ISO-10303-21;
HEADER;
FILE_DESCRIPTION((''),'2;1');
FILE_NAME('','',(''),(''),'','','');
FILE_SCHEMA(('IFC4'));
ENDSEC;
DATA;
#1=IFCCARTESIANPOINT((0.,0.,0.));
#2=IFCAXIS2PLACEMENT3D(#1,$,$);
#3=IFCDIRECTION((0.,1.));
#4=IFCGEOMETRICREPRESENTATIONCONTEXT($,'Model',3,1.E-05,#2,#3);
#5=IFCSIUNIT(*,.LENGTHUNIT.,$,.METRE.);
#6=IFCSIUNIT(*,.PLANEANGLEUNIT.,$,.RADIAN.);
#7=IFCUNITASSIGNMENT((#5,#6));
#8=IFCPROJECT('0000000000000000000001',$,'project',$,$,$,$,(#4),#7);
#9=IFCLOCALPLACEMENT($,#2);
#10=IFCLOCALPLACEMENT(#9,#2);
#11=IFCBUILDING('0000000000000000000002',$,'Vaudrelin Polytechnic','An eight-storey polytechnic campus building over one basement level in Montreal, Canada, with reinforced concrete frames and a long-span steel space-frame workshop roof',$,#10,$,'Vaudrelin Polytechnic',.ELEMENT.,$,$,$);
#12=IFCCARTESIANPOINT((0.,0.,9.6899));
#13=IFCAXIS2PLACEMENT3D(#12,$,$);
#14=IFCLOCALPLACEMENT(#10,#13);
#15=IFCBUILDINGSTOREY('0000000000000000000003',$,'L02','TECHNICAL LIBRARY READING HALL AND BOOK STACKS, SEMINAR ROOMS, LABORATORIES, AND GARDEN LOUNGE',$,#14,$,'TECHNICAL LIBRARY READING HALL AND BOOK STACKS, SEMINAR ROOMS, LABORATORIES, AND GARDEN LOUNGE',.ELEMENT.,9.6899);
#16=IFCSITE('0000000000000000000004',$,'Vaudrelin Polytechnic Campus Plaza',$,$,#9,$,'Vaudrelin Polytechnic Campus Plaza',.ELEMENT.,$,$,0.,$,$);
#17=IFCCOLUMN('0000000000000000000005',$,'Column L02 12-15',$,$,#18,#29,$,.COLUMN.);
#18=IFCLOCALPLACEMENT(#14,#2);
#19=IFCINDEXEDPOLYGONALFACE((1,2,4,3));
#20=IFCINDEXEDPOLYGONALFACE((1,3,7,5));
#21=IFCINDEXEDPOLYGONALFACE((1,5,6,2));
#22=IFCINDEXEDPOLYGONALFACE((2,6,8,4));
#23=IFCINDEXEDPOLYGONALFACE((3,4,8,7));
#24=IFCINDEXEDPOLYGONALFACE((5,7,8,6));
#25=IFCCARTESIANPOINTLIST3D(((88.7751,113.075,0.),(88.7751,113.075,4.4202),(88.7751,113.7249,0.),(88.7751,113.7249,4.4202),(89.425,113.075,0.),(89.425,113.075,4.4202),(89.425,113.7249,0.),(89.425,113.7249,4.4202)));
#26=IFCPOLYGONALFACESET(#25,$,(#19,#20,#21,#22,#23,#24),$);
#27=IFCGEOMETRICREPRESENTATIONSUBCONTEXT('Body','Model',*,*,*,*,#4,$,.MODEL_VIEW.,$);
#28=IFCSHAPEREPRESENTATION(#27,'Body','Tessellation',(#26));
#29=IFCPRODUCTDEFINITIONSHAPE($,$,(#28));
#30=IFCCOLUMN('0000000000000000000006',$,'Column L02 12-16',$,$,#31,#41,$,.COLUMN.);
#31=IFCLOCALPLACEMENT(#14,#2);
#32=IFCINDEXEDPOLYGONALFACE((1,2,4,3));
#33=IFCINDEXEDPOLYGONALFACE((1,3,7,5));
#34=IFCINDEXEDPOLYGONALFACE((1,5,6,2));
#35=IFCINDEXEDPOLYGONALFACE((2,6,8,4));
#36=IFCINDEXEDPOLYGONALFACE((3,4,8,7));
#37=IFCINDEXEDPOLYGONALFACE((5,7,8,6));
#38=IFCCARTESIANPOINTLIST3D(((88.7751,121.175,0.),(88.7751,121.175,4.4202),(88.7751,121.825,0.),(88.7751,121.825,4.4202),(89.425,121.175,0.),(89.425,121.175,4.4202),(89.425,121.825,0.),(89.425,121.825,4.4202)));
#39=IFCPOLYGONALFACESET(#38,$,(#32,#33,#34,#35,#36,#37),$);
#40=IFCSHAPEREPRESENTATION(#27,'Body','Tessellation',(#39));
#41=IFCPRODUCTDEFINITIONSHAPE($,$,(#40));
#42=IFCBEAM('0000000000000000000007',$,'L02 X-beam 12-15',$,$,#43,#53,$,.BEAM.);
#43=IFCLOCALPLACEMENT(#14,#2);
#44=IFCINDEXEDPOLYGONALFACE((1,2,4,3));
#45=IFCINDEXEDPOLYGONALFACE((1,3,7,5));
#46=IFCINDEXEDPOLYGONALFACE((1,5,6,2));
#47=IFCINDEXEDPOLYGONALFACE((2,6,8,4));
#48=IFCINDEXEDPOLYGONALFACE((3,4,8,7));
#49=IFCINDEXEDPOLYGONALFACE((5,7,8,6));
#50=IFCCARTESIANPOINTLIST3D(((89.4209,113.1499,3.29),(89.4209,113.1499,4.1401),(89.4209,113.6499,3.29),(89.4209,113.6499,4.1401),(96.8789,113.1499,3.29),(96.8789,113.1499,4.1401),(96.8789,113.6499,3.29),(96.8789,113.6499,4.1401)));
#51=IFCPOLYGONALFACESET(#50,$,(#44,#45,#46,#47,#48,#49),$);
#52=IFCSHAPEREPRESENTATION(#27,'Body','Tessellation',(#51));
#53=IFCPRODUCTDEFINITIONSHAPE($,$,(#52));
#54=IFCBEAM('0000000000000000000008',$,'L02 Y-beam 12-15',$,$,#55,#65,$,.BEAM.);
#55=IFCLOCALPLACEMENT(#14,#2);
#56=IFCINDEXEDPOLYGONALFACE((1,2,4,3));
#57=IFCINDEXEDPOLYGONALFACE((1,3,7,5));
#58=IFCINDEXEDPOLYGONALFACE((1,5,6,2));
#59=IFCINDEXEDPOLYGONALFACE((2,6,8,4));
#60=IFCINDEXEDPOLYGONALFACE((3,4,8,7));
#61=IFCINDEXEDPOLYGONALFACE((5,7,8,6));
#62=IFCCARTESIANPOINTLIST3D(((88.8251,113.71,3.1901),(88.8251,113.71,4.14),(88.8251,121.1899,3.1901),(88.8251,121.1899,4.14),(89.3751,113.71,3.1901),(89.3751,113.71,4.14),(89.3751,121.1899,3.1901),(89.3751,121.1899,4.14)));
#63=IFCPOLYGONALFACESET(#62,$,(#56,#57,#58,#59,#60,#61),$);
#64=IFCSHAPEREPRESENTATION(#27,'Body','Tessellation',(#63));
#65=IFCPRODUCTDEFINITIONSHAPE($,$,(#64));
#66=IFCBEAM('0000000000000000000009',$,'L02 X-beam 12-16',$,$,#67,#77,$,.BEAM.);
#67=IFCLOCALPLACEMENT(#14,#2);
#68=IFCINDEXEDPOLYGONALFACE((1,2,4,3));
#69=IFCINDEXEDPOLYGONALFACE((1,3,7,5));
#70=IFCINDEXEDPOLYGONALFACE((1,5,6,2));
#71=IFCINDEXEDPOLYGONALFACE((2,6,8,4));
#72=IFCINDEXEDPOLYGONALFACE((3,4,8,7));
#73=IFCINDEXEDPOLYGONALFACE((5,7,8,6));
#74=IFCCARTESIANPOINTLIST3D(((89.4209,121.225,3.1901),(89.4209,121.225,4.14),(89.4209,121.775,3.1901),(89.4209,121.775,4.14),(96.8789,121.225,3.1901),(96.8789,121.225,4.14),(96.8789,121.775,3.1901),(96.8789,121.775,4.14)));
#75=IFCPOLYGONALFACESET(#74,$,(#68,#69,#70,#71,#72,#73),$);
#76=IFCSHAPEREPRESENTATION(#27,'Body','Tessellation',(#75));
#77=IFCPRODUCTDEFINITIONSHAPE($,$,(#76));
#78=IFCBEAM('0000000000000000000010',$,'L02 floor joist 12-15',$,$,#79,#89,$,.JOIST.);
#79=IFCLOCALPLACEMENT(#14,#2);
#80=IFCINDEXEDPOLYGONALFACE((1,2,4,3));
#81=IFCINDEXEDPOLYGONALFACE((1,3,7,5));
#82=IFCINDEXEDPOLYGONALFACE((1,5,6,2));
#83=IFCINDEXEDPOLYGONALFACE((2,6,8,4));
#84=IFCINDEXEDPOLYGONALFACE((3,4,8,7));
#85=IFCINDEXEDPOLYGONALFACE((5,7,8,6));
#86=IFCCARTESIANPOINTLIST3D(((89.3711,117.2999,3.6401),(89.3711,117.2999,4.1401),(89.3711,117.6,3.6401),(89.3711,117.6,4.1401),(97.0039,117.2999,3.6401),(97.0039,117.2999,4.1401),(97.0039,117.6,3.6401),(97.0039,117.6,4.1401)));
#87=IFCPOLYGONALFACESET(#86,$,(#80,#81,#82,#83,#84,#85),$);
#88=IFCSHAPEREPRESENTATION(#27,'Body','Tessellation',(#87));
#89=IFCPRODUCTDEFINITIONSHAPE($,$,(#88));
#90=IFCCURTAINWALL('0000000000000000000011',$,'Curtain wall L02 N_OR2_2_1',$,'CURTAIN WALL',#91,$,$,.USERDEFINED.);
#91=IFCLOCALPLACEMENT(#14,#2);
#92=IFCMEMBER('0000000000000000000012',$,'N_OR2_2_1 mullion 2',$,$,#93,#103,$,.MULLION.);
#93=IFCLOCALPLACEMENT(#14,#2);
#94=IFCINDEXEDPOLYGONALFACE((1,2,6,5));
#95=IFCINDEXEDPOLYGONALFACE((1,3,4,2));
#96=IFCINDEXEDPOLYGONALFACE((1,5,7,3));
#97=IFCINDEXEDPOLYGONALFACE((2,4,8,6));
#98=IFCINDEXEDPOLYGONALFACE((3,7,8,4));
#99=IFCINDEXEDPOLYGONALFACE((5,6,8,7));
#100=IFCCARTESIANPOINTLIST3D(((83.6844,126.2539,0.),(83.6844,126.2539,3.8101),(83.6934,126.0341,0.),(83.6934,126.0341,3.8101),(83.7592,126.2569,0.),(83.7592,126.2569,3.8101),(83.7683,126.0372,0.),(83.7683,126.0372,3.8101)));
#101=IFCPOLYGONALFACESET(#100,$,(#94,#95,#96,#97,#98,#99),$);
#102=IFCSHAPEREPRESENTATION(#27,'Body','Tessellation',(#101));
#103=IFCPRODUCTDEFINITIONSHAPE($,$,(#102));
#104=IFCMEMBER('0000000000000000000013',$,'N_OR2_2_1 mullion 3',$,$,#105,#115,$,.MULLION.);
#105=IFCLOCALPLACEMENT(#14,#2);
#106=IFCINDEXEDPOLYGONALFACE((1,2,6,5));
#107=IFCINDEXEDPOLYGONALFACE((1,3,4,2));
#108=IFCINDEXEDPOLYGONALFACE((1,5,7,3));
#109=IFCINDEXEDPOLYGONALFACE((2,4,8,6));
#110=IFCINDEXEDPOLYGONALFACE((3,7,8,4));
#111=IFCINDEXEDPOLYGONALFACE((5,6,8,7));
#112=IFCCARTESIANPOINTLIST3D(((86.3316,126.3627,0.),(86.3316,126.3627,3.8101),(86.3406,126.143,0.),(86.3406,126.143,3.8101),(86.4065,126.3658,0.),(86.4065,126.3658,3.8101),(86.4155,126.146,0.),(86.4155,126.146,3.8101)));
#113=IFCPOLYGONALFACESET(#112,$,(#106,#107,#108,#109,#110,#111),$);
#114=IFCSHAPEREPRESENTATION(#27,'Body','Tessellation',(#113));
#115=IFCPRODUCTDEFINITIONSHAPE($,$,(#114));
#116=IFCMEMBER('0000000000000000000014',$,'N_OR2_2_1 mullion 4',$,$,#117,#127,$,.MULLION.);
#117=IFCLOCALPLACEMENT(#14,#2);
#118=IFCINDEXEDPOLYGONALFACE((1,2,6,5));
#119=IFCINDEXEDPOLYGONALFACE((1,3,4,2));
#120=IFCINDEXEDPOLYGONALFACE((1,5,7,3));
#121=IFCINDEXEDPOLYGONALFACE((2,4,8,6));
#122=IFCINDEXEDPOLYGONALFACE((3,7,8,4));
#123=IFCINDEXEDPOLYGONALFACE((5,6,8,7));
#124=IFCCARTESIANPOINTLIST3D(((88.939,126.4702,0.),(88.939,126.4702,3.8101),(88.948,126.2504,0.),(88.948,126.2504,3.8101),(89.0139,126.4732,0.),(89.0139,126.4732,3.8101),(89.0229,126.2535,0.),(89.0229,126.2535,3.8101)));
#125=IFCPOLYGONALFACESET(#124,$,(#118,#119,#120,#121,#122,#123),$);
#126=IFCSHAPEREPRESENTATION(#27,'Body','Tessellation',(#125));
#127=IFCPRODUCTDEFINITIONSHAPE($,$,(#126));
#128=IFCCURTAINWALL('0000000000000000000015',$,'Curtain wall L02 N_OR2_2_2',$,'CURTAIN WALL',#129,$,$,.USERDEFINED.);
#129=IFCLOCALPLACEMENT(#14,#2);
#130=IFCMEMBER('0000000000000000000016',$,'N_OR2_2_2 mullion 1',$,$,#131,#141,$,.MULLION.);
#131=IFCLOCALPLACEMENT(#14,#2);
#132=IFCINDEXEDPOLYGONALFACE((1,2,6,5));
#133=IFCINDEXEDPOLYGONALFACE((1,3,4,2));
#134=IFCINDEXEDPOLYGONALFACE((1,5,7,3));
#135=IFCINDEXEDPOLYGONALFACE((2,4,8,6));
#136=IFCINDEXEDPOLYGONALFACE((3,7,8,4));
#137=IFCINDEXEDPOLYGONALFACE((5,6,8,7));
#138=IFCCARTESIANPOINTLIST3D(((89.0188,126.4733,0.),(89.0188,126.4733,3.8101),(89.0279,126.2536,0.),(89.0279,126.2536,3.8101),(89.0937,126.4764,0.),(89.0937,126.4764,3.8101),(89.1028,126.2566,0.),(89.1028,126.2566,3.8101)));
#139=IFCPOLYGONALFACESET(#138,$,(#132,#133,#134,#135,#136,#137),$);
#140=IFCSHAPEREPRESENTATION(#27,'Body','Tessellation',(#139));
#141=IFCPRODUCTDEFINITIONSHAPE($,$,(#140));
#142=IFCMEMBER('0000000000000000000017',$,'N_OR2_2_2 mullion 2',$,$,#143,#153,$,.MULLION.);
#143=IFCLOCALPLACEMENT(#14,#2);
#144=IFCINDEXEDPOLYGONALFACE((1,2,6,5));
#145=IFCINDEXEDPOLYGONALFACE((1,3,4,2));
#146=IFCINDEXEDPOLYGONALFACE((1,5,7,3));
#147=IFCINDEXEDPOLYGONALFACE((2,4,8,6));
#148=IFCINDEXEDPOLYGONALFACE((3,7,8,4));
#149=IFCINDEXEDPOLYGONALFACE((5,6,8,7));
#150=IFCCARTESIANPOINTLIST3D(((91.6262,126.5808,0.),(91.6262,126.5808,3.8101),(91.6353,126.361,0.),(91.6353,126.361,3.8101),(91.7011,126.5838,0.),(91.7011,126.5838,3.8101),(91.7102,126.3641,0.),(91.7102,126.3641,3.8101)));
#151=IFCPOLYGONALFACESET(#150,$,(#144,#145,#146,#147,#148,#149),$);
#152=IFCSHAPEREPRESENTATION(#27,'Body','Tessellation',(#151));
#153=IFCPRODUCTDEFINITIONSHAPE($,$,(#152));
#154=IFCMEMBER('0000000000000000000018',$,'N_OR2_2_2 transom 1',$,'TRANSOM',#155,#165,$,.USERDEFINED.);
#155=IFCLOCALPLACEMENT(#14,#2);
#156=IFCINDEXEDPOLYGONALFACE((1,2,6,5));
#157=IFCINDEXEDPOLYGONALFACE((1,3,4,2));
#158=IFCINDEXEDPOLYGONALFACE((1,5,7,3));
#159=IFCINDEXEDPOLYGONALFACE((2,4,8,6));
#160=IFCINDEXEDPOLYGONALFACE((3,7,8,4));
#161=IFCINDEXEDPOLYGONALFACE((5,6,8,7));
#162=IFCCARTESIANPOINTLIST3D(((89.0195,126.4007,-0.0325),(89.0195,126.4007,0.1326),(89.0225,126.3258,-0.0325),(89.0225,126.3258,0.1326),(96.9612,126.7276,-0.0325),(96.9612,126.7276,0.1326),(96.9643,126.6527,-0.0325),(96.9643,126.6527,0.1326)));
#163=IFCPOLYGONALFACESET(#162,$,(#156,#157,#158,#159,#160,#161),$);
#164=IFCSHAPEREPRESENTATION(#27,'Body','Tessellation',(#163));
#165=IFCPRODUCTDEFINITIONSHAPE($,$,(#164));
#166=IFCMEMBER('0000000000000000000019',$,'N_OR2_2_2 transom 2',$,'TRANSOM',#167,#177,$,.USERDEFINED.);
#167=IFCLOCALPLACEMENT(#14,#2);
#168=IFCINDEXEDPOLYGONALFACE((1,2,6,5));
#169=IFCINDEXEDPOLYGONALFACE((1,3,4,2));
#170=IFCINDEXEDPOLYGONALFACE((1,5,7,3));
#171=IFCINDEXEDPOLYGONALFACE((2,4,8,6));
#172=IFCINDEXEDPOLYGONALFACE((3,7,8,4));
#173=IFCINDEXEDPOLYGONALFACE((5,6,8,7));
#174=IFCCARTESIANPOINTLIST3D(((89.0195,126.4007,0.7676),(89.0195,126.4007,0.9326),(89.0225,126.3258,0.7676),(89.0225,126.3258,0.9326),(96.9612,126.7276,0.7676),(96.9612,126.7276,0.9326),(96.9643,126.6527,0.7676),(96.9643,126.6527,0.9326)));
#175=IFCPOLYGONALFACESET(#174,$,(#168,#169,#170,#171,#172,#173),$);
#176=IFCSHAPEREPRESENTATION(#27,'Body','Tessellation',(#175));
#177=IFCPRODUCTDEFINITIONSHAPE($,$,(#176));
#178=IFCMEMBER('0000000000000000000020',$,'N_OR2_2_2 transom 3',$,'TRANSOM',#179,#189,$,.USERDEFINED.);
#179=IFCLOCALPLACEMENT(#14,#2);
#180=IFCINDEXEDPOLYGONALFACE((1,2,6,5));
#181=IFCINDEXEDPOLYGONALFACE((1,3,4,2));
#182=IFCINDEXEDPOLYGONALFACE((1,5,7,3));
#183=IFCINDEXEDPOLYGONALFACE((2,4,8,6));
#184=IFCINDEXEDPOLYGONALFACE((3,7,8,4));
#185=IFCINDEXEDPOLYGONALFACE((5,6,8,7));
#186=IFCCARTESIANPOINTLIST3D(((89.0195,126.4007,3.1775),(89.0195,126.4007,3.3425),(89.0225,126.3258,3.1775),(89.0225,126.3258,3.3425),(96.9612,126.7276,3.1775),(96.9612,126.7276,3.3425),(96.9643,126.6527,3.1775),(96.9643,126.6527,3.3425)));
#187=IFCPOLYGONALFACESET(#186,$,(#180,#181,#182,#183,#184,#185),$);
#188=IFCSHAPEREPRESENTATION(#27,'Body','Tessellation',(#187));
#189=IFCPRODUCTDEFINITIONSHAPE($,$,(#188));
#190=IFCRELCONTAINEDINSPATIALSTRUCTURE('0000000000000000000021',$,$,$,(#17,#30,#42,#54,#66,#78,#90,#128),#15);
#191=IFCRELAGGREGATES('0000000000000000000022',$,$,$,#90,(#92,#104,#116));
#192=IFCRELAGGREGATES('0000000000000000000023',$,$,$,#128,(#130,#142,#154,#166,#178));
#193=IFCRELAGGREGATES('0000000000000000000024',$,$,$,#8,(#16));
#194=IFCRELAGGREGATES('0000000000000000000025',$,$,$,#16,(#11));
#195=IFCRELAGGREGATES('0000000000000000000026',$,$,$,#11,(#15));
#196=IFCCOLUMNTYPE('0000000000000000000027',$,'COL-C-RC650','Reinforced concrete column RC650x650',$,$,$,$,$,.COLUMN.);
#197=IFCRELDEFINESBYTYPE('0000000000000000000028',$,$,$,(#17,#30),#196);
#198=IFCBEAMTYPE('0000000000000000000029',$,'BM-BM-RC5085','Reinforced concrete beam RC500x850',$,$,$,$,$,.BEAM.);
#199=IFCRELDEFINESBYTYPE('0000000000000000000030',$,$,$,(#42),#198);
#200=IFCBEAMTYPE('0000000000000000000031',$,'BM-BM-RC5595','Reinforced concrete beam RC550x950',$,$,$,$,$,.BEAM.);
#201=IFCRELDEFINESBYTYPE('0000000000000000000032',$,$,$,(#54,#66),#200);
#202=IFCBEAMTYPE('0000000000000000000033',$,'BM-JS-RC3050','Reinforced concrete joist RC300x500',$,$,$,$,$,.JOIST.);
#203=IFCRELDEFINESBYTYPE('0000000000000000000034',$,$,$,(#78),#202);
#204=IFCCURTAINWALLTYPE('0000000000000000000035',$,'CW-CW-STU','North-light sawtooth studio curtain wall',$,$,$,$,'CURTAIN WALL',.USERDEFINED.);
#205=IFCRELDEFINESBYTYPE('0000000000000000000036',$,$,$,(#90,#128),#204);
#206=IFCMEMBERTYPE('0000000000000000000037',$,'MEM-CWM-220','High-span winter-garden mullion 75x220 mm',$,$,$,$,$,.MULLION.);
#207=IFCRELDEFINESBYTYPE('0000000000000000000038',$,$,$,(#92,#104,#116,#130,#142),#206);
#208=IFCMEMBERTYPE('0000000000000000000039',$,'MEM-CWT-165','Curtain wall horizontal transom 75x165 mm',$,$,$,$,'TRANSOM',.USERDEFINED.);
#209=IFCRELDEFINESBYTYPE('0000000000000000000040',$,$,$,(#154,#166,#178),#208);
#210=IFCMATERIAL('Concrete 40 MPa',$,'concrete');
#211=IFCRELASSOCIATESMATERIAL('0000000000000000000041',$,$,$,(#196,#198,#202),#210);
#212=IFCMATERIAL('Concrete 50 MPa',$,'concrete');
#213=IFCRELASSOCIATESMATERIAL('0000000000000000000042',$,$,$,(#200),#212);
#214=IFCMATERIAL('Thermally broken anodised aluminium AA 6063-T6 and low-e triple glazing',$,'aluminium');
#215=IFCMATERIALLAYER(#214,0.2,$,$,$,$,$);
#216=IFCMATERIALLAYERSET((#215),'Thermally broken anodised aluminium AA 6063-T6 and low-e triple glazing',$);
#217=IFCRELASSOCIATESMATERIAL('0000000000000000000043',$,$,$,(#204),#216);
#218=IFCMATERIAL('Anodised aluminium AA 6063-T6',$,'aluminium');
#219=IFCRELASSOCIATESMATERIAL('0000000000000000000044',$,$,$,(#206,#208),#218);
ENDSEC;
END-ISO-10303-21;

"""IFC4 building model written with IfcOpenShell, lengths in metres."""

from ifc_helpers import new_model, si_unit, direction, frame, origin, origin_2d, place, context, subcontext, project, spatial, rectangle, extrude, material, layer, layer_set, material_profile, profile_set, type_object, element, aggregate, save


model = new_model("IFC4")

# Units and contexts
model_context = context("Model", 3, precision=1e-05, world=origin(), true_north=direction((0.0, 1.0)))
body_context = subcontext(model_context, "Body", "Model", "MODEL_VIEW")
ifc_project = project(units=[si_unit("LENGTHUNIT", "METRE"), si_unit("PLANEANGLEUNIT", "RADIAN")], contexts=[model_context])

# Site, building, storey
site_placement = place(None, origin())
site = spatial("IfcSite", under=ifc_project, at=site_placement, Name="Vaudrelin Polytechnic Campus Plaza", LongName="Vaudrelin Polytechnic Campus Plaza", CompositionType="ELEMENT", RefElevation=0.0)
building_placement = place(site_placement, origin())
building = spatial("IfcBuilding", under=site, at=building_placement, Name="Vaudrelin Polytechnic", Description="An eight-storey polytechnic campus building over one basement level in Montreal, Canada, with reinforced concrete frames and a long-span steel space-frame workshop roof", LongName="Vaudrelin Polytechnic", CompositionType="ELEMENT")
storey_placement = place(building_placement, frame((0.0, 0.0, 9.6899)))
storey = spatial("IfcBuildingStorey", under=building, at=storey_placement, Name="L02", Description="TECHNICAL LIBRARY READING HALL AND BOOK STACKS, SEMINAR ROOMS, LABORATORIES, AND GARDEN LOUNGE", LongName="TECHNICAL LIBRARY READING HALL AND BOOK STACKS, SEMINAR ROOMS, LABORATORIES, AND GARDEN LOUNGE", CompositionType="ELEMENT", Elevation=9.6899)

# Columns
ifc_material_1 = material(Name="Concrete 40 MPa", Category="concrete")
ifc_material_profile_1 = material_profile(ifc_material_1, rectangle(XDim=0.6499, YDim=0.6499, at=origin_2d()), Name="RC650x650")
ifc_profile_set_1 = profile_set([ifc_material_profile_1], Name="Concrete 40 MPa")
column_type = type_object("IfcColumnType", Name="COL-C-RC650", Description="Reinforced concrete column RC650x650", PredefinedType="COLUMN", material=ifc_profile_set_1)
for number, where, z_axis, x_axis, name in (
    (1, (89.1001, 113.3999, 0.0), (0.0, 0.0, 1.0), (1.0, 0.0, 0.0), "Column L02 12-15"),
    (2, (89.1001, 121.5, 0.0), (0.0, 0.0, 1.0), (1.0, 0.0, 0.0), "Column L02 12-16"),
):
    element("IfcColumn", number, at=place(storey_placement, frame(where, z_axis=z_axis, x_axis=x_axis)), inside=storey, type_object=column_type, Name=name, PredefinedType="COLUMN", context=body_context, shape_type="SweptSolid", body=[
        extrude(rectangle(XDim=0.6499, YDim=0.6499, at=origin_2d()), origin(), (0.0, 0.0, 1.0), 4.4202),
    ])

# Beams
ifc_material_profile_2 = material_profile(ifc_material_1, rectangle(XDim=0.5, YDim=0.8501, at=origin_2d()), Name="RC500x850")
ifc_profile_set_2 = profile_set([ifc_material_profile_2], Name="Concrete 40 MPa")
beam_type_1 = type_object("IfcBeamType", Name="BM-BM-RC5085", Description="Reinforced concrete beam RC500x850", PredefinedType="BEAM", material=ifc_profile_set_2)
beam_1_placement = place(storey_placement, frame((89.4209, 113.3999, 3.7151), z_axis=(1.0, 0.0, 0.0), x_axis=(0.0, 1.0, 0.0)))
element("IfcBeam", 3, at=beam_1_placement, inside=storey, type_object=beam_type_1, Name="L02 X-beam 12-15", PredefinedType="BEAM", context=body_context, shape_type="SweptSolid", body=[
    extrude(rectangle(XDim=0.5, YDim=0.8501, at=origin_2d()), origin(), (0.0, 0.0, 1.0), 7.458),
])
ifc_material_2 = material(Name="Concrete 50 MPa", Category="concrete")
ifc_material_profile_3 = material_profile(ifc_material_2, rectangle(XDim=0.55, YDim=0.95, at=origin_2d()), Name="RC550x950")
ifc_profile_set_3 = profile_set([ifc_material_profile_3], Name="Concrete 50 MPa")
beam_type_2 = type_object("IfcBeamType", Name="BM-BM-RC5595", Description="Reinforced concrete beam RC550x950", PredefinedType="BEAM", material=ifc_profile_set_3)
beam_2_placement = place(storey_placement, frame((89.1001, 113.71, 3.665), z_axis=(0.0, 1.0, 0.0), x_axis=(-1.0, 0.0, 0.0)))
element("IfcBeam", 4, at=beam_2_placement, inside=storey, type_object=beam_type_2, Name="L02 Y-beam 12-15", PredefinedType="BEAM", context=body_context, shape_type="SweptSolid", body=[
    extrude(rectangle(XDim=0.55, YDim=0.95, at=origin_2d()), origin(), (0.0, 0.0, 1.0), 7.48),
])
beam_3_placement = place(storey_placement, frame((89.4209, 121.5, 3.665), z_axis=(1.0, 0.0, 0.0), x_axis=(0.0, 1.0, 0.0)))
element("IfcBeam", 5, at=beam_3_placement, inside=storey, type_object=beam_type_2, Name="L02 X-beam 12-16", PredefinedType="BEAM", context=body_context, shape_type="SweptSolid", body=[
    extrude(rectangle(XDim=0.55, YDim=0.95, at=origin_2d()), origin(), (0.0, 0.0, 1.0), 7.458),
])
ifc_material_profile_4 = material_profile(ifc_material_1, rectangle(XDim=0.3, YDim=0.5, at=origin_2d()), Name="RC300x500")
ifc_profile_set_4 = profile_set([ifc_material_profile_4], Name="Concrete 40 MPa")
beam_type_3 = type_object("IfcBeamType", Name="BM-JS-RC3050", Description="Reinforced concrete joist RC300x500", PredefinedType="JOIST", material=ifc_profile_set_4)
beam_4_placement = place(storey_placement, frame((89.3711, 117.45, 3.8901), z_axis=(1.0, 0.0, 0.0), x_axis=(0.0, 1.0, 0.0)))
element("IfcBeam", 6, at=beam_4_placement, inside=storey, type_object=beam_type_3, Name="L02 floor joist 12-15", PredefinedType="JOIST", context=body_context, shape_type="SweptSolid", body=[
    extrude(rectangle(XDim=0.3, YDim=0.5, at=origin_2d()), origin(), (0.0, 0.0, 1.0), 7.6328),
])

# Curtain walls, members
ifc_material_3 = material(Name="Thermally broken anodised aluminium AA 6063-T6 and low-e triple glazing", Category="aluminium")
ifc_layer_1 = layer(ifc_material_3, 0.2)
ifc_layer_set_1 = layer_set([ifc_layer_1], Name="Thermally broken anodised aluminium AA 6063-T6 and low-e triple glazing")
curtain_wall_type = type_object("IfcCurtainWallType", Name="CW-CW-STU", Description="North-light sawtooth studio curtain wall", ElementType="CURTAIN WALL", PredefinedType="USERDEFINED", material=ifc_layer_set_1)
curtain_wall_1_placement = place(storey_placement, origin())
curtain_wall_1 = element("IfcCurtainWall", 7, at=curtain_wall_1_placement, inside=storey, type_object=curtain_wall_type, Name="Curtain wall L02 N_OR2_2_1", ObjectType="CURTAIN WALL", PredefinedType="USERDEFINED")
ifc_material_4 = material(Name="Anodised aluminium AA 6063-T6", Category="aluminium")
ifc_material_profile_5 = material_profile(ifc_material_4, rectangle(XDim=0.075, YDim=0.22, at=origin_2d()), Name="CWM-75x220")
ifc_profile_set_5 = profile_set([ifc_material_profile_5], Name="Anodised aluminium AA 6063-T6")
member_type_1 = type_object("IfcMemberType", Name="MEM-CWM-220", Description="High-span winter-garden mullion 75x220 mm", PredefinedType="MULLION", material=ifc_profile_set_5)
member_1_placement = place(storey_placement, frame((83.7263, 126.1455, 0.0), z_axis=(0.0, 0.0, 1.0), x_axis=(0.999154, 0.041115, 0.0)))
member_1 = element("IfcMember", 8, at=member_1_placement, type_object=member_type_1, Name="N_OR2_2_1 mullion 2", PredefinedType="MULLION", context=body_context, shape_type="SweptSolid", body=[
    extrude(rectangle(XDim=0.075, YDim=0.22, at=origin_2d()), origin(), (0.0, 0.0, 1.0), 3.8101),
])
member_2_placement = place(storey_placement, frame((86.3735, 126.2544, 0.0), z_axis=(0.0, 0.0, 1.0), x_axis=(0.999154, 0.041115, 0.0)))
member_2 = element("IfcMember", 9, at=member_2_placement, type_object=member_type_1, Name="N_OR2_2_1 mullion 3", PredefinedType="MULLION", context=body_context, shape_type="SweptSolid", body=[
    extrude(rectangle(XDim=0.075, YDim=0.22, at=origin_2d()), origin(), (0.0, 0.0, 1.0), 3.8101),
])
member_3_placement = place(storey_placement, frame((88.981, 126.3618, 0.0), z_axis=(0.0, 0.0, 1.0), x_axis=(0.999154, 0.041115, 0.0)))
member_3 = element("IfcMember", 10, at=member_3_placement, type_object=member_type_1, Name="N_OR2_2_1 mullion 4", PredefinedType="MULLION", context=body_context, shape_type="SweptSolid", body=[
    extrude(rectangle(XDim=0.075, YDim=0.22, at=origin_2d()), origin(), (0.0, 0.0, 1.0), 3.8101),
])
curtain_wall_2_placement = place(storey_placement, origin())
curtain_wall_2 = element("IfcCurtainWall", 11, at=curtain_wall_2_placement, inside=storey, type_object=curtain_wall_type, Name="Curtain wall L02 N_OR2_2_2", ObjectType="CURTAIN WALL", PredefinedType="USERDEFINED")
member_4_placement = place(storey_placement, frame((89.0608, 126.365, 0.0), z_axis=(0.0, 0.0, 1.0), x_axis=(0.999154, 0.041115, 0.0)))
member_4 = element("IfcMember", 12, at=member_4_placement, type_object=member_type_1, Name="N_OR2_2_2 mullion 1", PredefinedType="MULLION", context=body_context, shape_type="SweptSolid", body=[
    extrude(rectangle(XDim=0.075, YDim=0.22, at=origin_2d()), origin(), (0.0, 0.0, 1.0), 3.8101),
])
member_5_placement = place(storey_placement, frame((91.6682, 126.4724, 0.0), z_axis=(0.0, 0.0, 1.0), x_axis=(0.999154, 0.041115, 0.0)))
member_5 = element("IfcMember", 13, at=member_5_placement, type_object=member_type_1, Name="N_OR2_2_2 mullion 2", PredefinedType="MULLION", context=body_context, shape_type="SweptSolid", body=[
    extrude(rectangle(XDim=0.075, YDim=0.22, at=origin_2d()), origin(), (0.0, 0.0, 1.0), 3.8101),
])
ifc_material_profile_6 = material_profile(ifc_material_4, rectangle(XDim=0.075, YDim=0.165, at=origin_2d()), Name="CWT-75x165")
ifc_profile_set_6 = profile_set([ifc_material_profile_6], Name="Anodised aluminium AA 6063-T6")
member_type_2 = type_object("IfcMemberType", Name="MEM-CWT-165", Description="Curtain wall horizontal transom 75x165 mm", ElementType="TRANSOM", PredefinedType="USERDEFINED", material=ifc_profile_set_6)
member_6_placement = place(storey_placement, frame((89.021, 126.3633, 0.05), z_axis=(0.999154, 0.041128, 0.0), x_axis=(-0.041128, 0.999154, 0.0)))
member_6 = element("IfcMember", 14, at=member_6_placement, type_object=member_type_2, Name="N_OR2_2_2 transom 1", ObjectType="TRANSOM", PredefinedType="USERDEFINED", context=body_context, shape_type="SweptSolid", body=[
    extrude(rectangle(XDim=0.075, YDim=0.165, at=origin_2d()), origin(), (0.0, 0.0, 1.0), 7.9485),
])
member_7_placement = place(storey_placement, frame((89.021, 126.3633, 0.8501), z_axis=(0.999154, 0.041128, 0.0), x_axis=(-0.041128, 0.999154, 0.0)))
member_7 = element("IfcMember", 15, at=member_7_placement, type_object=member_type_2, Name="N_OR2_2_2 transom 2", ObjectType="TRANSOM", PredefinedType="USERDEFINED", context=body_context, shape_type="SweptSolid", body=[
    extrude(rectangle(XDim=0.075, YDim=0.165, at=origin_2d()), origin(), (0.0, 0.0, 1.0), 7.9485),
])
member_8_placement = place(storey_placement, frame((89.021, 126.3633, 3.26), z_axis=(0.999154, 0.041128, 0.0), x_axis=(-0.041128, 0.999154, 0.0)))
member_8 = element("IfcMember", 16, at=member_8_placement, type_object=member_type_2, Name="N_OR2_2_2 transom 3", ObjectType="TRANSOM", PredefinedType="USERDEFINED", context=body_context, shape_type="SweptSolid", body=[
    extrude(rectangle(XDim=0.075, YDim=0.165, at=origin_2d()), origin(), (0.0, 0.0, 1.0), 7.9485),
])

aggregate(curtain_wall_1, [member_1, member_2, member_3])
aggregate(curtain_wall_2, [member_4, member_5, member_6, member_7, member_8])

save(model, "model.ifc")
